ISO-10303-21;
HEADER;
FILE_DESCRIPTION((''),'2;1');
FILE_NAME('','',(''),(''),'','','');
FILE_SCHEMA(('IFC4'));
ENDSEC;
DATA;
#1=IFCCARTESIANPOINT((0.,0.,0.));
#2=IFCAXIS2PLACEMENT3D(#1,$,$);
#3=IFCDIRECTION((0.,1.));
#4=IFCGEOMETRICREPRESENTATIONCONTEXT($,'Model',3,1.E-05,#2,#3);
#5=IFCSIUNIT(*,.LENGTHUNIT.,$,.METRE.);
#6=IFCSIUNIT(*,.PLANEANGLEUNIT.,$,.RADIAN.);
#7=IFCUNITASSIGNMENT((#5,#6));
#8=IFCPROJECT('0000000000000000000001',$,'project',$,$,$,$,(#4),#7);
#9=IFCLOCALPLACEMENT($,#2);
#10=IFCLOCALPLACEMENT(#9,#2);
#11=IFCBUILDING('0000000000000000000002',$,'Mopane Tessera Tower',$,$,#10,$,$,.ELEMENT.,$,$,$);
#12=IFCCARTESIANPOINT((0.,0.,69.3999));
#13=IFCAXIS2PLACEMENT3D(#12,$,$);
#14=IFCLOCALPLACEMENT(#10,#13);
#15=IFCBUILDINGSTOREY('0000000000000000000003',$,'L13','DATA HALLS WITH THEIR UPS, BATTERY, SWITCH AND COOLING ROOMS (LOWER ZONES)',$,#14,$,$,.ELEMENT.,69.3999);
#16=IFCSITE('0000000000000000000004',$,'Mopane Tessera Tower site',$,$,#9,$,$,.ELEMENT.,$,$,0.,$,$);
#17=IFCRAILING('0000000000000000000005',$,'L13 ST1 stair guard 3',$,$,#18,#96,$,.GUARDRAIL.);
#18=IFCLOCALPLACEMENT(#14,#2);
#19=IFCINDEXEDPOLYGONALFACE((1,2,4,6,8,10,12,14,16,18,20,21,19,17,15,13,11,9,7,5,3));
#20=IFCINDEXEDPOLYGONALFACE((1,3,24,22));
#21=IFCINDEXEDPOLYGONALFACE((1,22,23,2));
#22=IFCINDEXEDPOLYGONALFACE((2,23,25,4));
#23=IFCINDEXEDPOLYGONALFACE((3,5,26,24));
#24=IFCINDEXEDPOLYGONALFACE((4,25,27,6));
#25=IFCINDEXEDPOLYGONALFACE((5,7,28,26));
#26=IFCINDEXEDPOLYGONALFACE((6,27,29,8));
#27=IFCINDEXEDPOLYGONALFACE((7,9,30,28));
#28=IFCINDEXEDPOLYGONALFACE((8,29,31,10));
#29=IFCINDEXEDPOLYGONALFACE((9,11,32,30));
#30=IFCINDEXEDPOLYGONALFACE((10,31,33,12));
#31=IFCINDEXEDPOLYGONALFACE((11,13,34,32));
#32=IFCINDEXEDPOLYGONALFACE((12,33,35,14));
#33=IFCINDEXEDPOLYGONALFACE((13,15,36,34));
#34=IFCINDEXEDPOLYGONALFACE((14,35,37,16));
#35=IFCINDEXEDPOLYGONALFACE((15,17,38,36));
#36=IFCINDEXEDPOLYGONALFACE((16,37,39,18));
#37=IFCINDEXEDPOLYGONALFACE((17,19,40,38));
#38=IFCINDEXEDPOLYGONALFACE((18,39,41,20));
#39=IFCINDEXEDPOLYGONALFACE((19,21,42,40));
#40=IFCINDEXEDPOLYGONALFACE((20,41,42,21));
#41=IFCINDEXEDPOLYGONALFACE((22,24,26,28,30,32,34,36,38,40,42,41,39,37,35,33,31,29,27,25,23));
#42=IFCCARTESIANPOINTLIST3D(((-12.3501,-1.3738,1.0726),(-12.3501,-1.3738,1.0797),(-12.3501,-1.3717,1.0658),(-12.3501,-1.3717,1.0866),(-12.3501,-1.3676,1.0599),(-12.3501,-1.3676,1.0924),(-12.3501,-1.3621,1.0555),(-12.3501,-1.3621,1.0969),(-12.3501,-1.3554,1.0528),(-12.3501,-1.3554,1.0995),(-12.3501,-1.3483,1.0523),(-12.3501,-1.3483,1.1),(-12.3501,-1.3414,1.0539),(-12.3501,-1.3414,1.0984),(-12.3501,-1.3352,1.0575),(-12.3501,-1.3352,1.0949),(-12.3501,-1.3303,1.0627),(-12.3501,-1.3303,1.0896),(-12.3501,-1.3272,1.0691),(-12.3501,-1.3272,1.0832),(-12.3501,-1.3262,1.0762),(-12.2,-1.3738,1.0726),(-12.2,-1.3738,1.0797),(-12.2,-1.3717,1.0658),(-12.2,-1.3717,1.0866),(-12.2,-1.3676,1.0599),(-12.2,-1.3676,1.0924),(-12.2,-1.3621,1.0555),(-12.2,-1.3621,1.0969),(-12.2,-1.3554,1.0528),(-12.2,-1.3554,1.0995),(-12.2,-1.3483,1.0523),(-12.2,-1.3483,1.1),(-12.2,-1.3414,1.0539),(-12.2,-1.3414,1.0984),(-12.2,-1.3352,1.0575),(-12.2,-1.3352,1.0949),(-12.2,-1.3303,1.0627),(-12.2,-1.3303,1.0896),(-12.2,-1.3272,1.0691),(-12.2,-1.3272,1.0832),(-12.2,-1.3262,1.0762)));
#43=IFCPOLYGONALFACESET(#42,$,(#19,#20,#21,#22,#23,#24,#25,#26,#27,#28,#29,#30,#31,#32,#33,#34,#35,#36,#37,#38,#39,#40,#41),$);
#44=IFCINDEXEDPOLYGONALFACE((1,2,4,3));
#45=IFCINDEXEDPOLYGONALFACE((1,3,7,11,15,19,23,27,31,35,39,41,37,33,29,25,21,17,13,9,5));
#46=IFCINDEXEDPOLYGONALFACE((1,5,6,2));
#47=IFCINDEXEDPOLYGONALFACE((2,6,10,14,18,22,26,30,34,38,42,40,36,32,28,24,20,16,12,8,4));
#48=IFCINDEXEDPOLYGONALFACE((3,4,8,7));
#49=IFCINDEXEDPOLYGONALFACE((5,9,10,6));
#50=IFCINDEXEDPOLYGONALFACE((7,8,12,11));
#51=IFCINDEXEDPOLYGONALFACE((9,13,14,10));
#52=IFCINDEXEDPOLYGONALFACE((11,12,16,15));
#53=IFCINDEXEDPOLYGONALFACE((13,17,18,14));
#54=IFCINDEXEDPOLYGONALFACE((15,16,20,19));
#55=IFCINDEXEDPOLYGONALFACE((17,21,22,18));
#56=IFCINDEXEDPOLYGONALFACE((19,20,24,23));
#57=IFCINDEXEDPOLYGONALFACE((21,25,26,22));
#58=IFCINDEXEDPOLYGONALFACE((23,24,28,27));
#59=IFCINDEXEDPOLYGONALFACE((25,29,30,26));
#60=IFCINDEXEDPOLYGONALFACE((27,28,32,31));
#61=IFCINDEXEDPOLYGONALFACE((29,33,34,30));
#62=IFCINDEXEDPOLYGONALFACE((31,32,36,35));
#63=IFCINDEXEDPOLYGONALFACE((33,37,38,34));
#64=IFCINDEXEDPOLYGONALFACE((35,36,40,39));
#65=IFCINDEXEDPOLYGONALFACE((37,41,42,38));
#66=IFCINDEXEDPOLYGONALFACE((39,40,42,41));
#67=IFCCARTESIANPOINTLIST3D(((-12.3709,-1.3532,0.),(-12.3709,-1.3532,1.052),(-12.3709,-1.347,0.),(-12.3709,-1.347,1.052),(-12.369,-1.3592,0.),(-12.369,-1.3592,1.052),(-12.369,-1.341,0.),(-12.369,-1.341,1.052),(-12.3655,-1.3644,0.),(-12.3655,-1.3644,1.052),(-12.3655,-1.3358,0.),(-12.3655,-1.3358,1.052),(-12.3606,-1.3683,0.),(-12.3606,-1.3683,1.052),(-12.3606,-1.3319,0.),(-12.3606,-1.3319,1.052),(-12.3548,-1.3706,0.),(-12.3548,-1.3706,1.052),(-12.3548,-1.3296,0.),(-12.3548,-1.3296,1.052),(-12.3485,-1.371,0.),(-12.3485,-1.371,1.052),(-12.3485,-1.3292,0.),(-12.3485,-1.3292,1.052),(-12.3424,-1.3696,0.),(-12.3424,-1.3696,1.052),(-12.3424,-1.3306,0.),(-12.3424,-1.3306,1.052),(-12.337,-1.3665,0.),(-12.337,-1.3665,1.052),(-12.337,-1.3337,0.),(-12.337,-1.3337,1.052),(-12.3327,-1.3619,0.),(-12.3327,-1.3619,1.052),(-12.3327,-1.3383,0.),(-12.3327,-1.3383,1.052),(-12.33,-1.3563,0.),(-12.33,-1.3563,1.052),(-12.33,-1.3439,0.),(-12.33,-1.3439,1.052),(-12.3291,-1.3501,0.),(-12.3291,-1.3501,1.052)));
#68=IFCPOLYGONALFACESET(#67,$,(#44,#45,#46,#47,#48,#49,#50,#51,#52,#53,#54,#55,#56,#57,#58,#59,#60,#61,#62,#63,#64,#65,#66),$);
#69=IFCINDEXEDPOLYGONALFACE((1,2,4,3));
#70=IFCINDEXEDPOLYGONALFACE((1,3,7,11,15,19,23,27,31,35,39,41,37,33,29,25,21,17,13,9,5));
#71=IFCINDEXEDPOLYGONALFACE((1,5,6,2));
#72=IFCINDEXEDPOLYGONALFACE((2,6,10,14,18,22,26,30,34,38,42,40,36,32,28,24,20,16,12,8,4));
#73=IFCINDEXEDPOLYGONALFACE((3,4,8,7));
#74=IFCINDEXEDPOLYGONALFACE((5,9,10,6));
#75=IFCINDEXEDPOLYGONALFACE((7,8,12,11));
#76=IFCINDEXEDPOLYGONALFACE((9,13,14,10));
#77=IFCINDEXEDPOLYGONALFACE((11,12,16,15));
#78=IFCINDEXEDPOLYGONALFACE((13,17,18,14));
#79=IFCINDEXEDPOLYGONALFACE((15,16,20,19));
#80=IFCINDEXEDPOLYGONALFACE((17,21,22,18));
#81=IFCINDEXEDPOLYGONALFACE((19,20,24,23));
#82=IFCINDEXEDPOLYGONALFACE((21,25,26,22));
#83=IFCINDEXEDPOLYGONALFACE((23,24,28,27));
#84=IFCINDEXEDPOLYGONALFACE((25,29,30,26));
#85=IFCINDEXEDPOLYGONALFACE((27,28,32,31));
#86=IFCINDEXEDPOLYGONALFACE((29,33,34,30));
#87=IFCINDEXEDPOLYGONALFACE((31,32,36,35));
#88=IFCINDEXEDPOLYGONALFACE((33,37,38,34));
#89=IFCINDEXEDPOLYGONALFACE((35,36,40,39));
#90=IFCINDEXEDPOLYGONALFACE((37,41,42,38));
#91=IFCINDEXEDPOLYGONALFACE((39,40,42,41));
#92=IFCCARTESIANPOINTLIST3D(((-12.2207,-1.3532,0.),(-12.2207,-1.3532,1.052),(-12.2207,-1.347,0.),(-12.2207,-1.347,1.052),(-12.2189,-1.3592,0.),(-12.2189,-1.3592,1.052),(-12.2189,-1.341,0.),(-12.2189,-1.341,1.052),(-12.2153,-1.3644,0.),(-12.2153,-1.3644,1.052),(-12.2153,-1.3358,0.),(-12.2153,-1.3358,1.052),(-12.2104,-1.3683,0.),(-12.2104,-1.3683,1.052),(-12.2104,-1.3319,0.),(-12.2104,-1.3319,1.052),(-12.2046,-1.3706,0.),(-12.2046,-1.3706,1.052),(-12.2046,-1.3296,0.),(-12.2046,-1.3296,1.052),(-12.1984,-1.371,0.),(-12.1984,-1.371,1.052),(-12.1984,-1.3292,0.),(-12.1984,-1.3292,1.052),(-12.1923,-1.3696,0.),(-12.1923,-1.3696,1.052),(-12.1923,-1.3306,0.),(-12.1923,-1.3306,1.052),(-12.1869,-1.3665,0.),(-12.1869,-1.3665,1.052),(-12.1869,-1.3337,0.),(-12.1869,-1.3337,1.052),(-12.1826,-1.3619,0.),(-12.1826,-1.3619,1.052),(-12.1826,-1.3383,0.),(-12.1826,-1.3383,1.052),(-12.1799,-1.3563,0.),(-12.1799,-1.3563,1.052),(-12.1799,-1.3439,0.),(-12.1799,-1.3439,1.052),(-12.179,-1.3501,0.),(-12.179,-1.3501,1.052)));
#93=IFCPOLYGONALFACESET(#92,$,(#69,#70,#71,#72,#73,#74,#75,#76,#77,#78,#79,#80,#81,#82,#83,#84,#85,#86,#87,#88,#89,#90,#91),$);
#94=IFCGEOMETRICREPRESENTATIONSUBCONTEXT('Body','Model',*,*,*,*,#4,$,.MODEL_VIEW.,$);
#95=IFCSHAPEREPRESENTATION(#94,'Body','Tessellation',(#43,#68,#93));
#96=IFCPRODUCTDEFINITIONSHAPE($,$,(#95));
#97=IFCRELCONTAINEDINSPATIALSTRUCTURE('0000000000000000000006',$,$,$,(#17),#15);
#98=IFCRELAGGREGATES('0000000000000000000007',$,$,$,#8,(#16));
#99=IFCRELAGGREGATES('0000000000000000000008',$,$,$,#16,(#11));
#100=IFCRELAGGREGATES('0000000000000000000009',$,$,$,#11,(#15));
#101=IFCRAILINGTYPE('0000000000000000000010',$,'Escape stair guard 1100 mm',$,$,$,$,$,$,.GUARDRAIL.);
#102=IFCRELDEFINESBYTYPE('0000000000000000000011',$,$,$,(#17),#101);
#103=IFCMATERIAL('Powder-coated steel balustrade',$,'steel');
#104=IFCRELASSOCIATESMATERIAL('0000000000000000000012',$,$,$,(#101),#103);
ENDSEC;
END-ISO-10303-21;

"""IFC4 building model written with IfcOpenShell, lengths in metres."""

from ifc_helpers import new_model, si_unit, direction, frame, origin, origin_2d, place, context, subcontext, project, spatial, circle, extrude, material, type_object, element, save


model = new_model("IFC4")

# Units and contexts
model_context = context("Model", 3, precision=1e-05, world=origin(), true_north=direction((0.0, 1.0)))
body_context = subcontext(model_context, "Body", "Model", "MODEL_VIEW")
ifc_project = project(units=[si_unit("LENGTHUNIT", "METRE"), si_unit("PLANEANGLEUNIT", "RADIAN")], contexts=[model_context])

# Site, building, storey
site_placement = place(None, origin())
site = spatial("IfcSite", under=ifc_project, at=site_placement, Name="Mopane Tessera Tower site", CompositionType="ELEMENT", RefElevation=0.0)
building_placement = place(site_placement, origin())
building = spatial("IfcBuilding", under=site, at=building_placement, Name="Mopane Tessera Tower", CompositionType="ELEMENT")
storey_placement = place(building_placement, frame((0.0, 0.0, 69.3999)))
storey = spatial("IfcBuildingStorey", under=building, at=storey_placement, Name="L13", Description="DATA HALLS WITH THEIR UPS, BATTERY, SWITCH AND COOLING ROOMS (LOWER ZONES)", CompositionType="ELEMENT", Elevation=69.3999)

# Railing
ifc_material_1 = material(Name="Powder-coated steel balustrade", Category="steel")
railing_type_1 = type_object("IfcRailingType", Name="Escape stair guard 1100 mm", PredefinedType="GUARDRAIL", material=ifc_material_1)
railing_1_placement = place(storey_placement, frame((-12.3501, -1.3501, 0.0)))
element("IfcRailing", 1, at=railing_1_placement, inside=storey, type_object=railing_type_1, Name="L13 ST1 stair guard 3", PredefinedType="GUARDRAIL", context=body_context, shape_type="SweptSolid", body=[
    extrude(circle(Radius=0.0239, at=origin_2d()), frame((0.0, 0.0, 1.0762), z_axis=(1.0, 0.0, 0.0), x_axis=(0.0, 1.0, 0.0)), (0.0, 0.0, 1.0), 0.1501),
    extrude(circle(Radius=0.021, at=origin_2d()), origin(), (0.0, 0.0, 1.0), 1.052),
    extrude(circle(Radius=0.021, at=origin_2d()), frame((0.1501, 0.0, 0.0)), (0.0, 0.0, 1.0), 1.052),
])

save(model, "model.ifc")
